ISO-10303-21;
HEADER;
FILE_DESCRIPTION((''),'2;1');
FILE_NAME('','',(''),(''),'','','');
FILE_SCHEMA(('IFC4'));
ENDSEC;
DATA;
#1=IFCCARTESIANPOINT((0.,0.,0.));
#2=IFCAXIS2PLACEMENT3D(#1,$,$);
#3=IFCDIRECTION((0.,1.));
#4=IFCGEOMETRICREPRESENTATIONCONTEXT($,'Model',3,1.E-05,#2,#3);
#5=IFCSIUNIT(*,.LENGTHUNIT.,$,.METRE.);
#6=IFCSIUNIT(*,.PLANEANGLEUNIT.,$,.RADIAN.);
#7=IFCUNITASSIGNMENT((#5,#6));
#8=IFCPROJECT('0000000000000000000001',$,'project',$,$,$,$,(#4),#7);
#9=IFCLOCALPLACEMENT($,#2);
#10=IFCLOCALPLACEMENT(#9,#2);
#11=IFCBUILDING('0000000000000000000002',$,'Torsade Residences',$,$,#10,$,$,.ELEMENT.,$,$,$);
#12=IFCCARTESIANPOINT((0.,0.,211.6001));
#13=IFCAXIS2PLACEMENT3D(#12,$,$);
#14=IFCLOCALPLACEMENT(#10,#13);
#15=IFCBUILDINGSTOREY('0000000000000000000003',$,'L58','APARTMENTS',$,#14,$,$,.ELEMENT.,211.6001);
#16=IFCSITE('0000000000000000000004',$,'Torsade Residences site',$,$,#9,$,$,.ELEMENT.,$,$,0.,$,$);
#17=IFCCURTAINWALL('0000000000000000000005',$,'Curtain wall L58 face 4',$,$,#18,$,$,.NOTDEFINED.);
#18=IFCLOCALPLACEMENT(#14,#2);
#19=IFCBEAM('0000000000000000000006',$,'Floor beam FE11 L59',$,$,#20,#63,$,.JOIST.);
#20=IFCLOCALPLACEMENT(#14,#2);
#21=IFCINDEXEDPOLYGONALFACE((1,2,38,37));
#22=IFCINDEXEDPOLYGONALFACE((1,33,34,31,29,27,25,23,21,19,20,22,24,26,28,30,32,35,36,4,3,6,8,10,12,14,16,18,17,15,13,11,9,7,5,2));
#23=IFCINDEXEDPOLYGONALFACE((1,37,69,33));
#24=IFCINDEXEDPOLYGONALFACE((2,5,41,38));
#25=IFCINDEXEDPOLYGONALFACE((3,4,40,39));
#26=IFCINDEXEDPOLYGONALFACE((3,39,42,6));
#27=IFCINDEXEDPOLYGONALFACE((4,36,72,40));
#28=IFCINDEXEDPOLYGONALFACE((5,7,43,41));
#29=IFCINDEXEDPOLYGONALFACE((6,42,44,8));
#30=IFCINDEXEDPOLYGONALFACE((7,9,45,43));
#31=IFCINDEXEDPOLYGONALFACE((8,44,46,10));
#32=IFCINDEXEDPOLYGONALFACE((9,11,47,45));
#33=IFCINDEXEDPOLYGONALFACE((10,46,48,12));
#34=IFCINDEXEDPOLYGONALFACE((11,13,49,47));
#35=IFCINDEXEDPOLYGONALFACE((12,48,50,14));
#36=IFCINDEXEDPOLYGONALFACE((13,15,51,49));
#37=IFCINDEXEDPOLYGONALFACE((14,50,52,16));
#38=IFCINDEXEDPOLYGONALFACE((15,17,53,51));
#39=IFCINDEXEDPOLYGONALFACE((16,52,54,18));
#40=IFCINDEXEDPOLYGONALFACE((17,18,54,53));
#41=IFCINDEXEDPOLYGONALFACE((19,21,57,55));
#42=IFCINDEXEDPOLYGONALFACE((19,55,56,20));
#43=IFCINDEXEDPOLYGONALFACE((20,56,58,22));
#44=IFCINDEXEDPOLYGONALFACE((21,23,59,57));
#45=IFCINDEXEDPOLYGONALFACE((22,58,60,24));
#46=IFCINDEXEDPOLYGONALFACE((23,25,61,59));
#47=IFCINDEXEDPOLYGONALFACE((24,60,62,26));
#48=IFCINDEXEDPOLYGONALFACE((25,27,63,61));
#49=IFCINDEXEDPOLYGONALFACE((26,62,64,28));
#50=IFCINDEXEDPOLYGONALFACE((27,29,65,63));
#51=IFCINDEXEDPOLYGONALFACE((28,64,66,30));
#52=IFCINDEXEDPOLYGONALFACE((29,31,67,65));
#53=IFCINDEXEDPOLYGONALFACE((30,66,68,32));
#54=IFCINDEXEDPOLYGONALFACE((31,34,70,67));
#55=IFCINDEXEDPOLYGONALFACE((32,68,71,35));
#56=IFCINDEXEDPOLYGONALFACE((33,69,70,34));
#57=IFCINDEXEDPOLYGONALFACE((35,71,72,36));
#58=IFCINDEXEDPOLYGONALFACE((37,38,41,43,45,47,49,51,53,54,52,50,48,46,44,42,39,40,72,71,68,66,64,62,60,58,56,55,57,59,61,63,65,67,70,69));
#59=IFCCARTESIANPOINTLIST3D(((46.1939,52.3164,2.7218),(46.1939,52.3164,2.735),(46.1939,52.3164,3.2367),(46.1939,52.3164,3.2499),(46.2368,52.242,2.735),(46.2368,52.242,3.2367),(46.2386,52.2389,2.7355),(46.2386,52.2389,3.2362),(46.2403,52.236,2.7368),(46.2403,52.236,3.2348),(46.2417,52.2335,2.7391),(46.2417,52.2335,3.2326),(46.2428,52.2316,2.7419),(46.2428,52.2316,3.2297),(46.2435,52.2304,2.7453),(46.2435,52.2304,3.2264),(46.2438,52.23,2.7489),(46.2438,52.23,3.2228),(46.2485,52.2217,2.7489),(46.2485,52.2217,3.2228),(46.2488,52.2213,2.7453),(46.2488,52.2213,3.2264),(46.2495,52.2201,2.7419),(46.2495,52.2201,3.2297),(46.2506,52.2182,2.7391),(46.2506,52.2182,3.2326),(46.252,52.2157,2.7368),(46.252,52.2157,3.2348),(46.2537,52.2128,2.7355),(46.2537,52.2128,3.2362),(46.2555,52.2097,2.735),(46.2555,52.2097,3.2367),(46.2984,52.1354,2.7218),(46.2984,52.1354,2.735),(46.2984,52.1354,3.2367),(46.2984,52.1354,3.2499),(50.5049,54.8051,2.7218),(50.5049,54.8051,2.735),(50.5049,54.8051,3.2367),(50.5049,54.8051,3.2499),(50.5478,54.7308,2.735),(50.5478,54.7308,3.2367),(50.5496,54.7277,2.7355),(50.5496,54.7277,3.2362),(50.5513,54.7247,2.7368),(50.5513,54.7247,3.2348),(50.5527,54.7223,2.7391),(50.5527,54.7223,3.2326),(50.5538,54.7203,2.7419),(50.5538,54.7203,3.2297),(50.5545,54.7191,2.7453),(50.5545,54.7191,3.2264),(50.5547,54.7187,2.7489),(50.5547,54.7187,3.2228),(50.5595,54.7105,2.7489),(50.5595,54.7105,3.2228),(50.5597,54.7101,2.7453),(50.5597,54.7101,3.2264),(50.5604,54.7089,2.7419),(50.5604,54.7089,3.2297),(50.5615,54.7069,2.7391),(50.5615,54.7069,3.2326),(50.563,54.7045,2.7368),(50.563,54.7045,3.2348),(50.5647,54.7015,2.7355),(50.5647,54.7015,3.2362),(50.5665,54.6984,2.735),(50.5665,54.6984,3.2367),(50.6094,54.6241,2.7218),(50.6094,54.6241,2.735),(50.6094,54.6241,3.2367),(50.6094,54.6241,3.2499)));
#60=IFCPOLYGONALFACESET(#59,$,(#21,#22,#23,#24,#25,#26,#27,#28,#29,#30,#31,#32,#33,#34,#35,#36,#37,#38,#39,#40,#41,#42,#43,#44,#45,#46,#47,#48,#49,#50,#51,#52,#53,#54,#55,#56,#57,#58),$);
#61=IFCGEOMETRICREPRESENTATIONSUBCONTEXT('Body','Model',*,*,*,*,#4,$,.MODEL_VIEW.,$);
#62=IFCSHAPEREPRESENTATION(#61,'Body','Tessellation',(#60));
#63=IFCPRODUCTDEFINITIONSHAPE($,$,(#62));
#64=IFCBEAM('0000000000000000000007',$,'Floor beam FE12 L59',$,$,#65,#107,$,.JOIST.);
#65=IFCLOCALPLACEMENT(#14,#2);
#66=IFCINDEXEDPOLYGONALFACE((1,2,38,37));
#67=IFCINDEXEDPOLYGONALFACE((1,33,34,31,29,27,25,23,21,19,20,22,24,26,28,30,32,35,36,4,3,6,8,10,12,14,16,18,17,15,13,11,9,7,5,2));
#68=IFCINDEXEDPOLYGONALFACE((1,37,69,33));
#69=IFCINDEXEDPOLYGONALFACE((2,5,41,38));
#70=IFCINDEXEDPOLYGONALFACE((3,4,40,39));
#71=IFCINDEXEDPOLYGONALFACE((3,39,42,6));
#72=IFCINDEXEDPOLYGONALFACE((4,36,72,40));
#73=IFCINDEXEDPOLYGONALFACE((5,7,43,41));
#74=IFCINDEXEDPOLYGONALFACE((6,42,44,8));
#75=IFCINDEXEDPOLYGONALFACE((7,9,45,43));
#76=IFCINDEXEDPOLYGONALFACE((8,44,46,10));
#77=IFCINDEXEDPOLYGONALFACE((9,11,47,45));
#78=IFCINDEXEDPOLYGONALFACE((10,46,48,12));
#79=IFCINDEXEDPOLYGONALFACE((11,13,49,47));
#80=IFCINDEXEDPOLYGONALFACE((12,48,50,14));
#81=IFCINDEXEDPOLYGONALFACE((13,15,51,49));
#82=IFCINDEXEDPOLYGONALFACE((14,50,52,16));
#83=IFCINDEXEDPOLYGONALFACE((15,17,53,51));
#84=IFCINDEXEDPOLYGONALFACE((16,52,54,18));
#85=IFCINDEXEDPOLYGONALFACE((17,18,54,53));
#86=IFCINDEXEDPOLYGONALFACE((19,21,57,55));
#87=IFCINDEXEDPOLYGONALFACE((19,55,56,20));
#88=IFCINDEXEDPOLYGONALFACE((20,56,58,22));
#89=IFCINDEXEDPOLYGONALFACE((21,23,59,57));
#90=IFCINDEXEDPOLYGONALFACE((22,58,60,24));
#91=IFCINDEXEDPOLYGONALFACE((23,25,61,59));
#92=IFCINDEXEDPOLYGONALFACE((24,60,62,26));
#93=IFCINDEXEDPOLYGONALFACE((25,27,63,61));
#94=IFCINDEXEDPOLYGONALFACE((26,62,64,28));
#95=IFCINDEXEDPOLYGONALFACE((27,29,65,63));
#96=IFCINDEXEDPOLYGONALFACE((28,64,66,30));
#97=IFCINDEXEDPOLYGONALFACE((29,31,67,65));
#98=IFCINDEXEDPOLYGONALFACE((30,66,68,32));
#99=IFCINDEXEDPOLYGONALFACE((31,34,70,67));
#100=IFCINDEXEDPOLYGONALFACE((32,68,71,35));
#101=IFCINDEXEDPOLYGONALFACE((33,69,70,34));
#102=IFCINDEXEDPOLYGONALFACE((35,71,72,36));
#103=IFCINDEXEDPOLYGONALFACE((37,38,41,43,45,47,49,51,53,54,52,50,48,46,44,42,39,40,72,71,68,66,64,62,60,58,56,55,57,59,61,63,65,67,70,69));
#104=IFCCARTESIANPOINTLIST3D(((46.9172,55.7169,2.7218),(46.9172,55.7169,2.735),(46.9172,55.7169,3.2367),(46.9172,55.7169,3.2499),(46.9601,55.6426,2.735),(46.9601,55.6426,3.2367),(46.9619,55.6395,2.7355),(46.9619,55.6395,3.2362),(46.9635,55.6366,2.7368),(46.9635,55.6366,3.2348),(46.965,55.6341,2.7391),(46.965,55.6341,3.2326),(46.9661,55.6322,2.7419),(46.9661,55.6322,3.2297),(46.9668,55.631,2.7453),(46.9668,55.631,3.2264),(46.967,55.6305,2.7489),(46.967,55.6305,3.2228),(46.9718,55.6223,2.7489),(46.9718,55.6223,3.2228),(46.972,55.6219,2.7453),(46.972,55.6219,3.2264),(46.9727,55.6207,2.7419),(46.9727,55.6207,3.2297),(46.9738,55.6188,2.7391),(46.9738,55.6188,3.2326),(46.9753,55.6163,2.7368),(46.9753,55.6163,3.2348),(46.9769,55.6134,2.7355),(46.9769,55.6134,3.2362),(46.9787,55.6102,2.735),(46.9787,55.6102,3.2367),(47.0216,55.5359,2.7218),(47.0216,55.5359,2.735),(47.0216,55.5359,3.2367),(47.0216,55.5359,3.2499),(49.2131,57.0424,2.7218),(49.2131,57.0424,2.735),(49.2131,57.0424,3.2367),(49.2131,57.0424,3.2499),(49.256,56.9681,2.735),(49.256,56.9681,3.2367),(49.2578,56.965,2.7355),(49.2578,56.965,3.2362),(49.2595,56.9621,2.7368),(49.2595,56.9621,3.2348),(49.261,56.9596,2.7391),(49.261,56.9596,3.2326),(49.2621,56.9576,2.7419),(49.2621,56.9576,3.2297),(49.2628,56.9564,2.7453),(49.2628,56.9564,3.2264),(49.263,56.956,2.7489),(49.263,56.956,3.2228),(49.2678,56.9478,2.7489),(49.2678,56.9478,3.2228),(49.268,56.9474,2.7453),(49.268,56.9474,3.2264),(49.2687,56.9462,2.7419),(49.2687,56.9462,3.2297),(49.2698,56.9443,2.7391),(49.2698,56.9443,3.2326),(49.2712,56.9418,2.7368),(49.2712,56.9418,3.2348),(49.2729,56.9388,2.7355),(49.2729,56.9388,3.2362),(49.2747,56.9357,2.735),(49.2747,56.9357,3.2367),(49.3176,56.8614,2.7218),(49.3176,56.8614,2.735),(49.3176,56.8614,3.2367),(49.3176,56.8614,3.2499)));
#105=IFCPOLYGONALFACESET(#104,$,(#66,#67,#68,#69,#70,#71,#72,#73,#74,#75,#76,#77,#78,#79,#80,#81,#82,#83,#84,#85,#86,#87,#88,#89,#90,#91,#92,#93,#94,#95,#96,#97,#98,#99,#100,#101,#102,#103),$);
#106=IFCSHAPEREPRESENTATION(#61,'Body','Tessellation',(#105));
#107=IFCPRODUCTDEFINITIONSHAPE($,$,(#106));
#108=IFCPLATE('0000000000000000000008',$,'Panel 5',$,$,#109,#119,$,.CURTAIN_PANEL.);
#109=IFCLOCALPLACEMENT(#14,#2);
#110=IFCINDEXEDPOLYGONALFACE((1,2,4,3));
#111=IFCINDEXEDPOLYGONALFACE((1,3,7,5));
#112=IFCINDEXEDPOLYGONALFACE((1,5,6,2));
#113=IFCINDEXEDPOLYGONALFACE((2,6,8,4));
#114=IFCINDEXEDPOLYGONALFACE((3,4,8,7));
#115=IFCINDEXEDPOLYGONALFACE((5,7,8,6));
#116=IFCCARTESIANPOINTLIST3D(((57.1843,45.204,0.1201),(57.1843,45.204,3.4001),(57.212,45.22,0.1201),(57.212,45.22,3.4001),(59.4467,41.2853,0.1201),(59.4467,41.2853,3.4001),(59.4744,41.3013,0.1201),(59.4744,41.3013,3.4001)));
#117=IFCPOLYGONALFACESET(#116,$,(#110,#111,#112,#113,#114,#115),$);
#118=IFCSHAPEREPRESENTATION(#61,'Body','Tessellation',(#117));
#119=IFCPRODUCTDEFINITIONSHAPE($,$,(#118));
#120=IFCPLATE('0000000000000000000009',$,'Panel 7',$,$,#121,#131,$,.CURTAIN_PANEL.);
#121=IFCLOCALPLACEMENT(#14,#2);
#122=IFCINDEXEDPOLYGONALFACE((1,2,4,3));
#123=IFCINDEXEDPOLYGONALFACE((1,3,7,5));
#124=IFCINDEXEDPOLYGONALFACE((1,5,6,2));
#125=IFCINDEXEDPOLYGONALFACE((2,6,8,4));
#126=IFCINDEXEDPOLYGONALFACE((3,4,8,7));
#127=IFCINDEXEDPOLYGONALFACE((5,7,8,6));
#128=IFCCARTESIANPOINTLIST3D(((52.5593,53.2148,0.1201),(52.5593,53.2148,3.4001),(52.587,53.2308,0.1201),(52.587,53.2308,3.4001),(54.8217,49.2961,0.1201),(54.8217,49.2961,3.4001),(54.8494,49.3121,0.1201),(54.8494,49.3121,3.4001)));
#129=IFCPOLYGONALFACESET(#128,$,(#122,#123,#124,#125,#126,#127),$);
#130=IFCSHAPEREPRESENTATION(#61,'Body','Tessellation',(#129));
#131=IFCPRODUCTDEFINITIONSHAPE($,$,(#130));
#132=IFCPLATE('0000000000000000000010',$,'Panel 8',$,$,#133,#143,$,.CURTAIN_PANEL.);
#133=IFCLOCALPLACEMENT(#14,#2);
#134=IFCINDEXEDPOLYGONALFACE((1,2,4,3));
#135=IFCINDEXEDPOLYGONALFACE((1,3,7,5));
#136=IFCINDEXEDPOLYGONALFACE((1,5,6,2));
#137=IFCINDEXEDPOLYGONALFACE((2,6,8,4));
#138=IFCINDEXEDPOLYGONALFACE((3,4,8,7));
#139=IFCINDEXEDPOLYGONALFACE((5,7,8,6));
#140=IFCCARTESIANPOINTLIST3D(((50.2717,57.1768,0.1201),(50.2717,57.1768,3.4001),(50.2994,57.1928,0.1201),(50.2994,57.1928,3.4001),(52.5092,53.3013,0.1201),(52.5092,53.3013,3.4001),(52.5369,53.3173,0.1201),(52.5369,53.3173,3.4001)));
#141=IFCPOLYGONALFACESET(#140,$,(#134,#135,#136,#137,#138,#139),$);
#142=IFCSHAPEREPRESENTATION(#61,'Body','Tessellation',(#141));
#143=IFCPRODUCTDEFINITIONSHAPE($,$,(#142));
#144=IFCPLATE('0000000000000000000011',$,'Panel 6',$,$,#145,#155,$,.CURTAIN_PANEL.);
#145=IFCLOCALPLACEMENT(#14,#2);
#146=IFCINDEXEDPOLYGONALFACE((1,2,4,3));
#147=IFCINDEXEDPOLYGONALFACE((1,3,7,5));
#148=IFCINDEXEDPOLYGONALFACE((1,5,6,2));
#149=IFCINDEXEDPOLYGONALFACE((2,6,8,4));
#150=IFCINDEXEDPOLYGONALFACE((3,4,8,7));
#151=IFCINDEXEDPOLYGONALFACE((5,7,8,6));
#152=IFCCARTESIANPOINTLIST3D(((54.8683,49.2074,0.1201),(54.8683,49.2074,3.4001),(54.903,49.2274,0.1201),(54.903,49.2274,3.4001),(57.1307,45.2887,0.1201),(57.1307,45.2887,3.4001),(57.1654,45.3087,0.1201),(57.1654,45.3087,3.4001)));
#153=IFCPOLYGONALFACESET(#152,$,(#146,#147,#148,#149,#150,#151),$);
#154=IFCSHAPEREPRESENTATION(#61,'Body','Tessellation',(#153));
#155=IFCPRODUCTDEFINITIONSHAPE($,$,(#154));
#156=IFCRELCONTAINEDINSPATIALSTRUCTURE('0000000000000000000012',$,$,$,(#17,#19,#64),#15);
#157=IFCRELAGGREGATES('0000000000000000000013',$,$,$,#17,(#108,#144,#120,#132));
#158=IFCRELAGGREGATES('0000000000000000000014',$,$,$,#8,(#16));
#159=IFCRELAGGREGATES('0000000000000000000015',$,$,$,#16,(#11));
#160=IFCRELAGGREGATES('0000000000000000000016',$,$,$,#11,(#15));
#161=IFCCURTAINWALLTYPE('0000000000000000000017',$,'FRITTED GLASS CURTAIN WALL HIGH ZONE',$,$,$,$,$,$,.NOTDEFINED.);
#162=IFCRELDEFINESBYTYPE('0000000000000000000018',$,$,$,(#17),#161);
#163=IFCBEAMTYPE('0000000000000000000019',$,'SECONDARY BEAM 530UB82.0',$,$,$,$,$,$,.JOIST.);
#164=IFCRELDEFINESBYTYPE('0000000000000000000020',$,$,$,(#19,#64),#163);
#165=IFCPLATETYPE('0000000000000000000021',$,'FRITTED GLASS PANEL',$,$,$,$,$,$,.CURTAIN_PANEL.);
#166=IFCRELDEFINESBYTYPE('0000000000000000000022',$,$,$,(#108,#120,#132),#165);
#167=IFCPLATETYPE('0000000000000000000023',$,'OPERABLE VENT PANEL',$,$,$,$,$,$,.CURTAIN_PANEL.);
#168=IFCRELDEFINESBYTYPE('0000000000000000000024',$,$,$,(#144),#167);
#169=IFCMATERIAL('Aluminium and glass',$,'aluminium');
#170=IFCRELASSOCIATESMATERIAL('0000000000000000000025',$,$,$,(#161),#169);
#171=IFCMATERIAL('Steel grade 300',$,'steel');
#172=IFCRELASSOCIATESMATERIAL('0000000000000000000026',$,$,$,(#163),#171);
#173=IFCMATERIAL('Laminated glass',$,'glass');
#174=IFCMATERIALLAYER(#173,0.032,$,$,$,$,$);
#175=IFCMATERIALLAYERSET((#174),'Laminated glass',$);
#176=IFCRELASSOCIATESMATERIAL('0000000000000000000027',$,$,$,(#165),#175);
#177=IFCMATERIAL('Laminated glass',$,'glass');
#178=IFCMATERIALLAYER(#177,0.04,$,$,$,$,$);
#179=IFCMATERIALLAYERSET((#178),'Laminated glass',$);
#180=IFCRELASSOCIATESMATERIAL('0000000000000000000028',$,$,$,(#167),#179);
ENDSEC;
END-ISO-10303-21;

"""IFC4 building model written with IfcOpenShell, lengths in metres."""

from ifc_helpers import new_model, si_unit, direction, frame, origin, origin_2d, place, context, subcontext, project, spatial, rectangle, i_section, extrude, material, layer, layer_set, material_profile, profile_set, type_object, element, aggregate, save


model = new_model("IFC4")

# Units and contexts
model_context = context("Model", 3, precision=1e-05, world=origin(), true_north=direction((0.0, 1.0)))
body_context = subcontext(model_context, "Body", "Model", "MODEL_VIEW")
ifc_project = project(units=[si_unit("LENGTHUNIT", "METRE"), si_unit("PLANEANGLEUNIT", "RADIAN")], contexts=[model_context])

# Site, building, storey
site_placement = place(None, origin())
site = spatial("IfcSite", under=ifc_project, at=site_placement, Name="Torsade Residences site", CompositionType="ELEMENT", RefElevation=0.0)
building_placement = place(site_placement, origin())
building = spatial("IfcBuilding", under=site, at=building_placement, Name="Torsade Residences", CompositionType="ELEMENT")
storey_placement = place(building_placement, frame((0.0, 0.0, 211.6001)))
storey = spatial("IfcBuildingStorey", under=building, at=storey_placement, Name="L58", Description="APARTMENTS", CompositionType="ELEMENT", Elevation=211.6001)

# Curtain wall
ifc_material_1 = material(Name="Aluminium and glass", Category="aluminium")
curtain_wall_type = type_object("IfcCurtainWallType", Name="FRITTED GLASS CURTAIN WALL HIGH ZONE", PredefinedType="NOTDEFINED", material=ifc_material_1)
curtain_wall_placement = place(storey_placement, origin())
curtain_wall = element("IfcCurtainWall", 1, at=curtain_wall_placement, inside=storey, type_object=curtain_wall_type, Name="Curtain wall L58 face 4", PredefinedType="NOTDEFINED")

# Beams
ifc_material_2 = material(Name="Steel grade 300", Category="steel")
ifc_material_profile_1 = material_profile(ifc_material_2, i_section(OverallWidth=0.209, OverallDepth=0.5281, WebThickness=0.0095, FlangeThickness=0.0132, FilletRadius=0.0139, at=origin_2d()), Name="530UB82.0")
ifc_profile_set_1 = profile_set([ifc_material_profile_1], Name="Steel grade 300")
beam_type_1 = type_object("IfcBeamType", Name="SECONDARY BEAM 530UB82.0", PredefinedType="JOIST", material=ifc_profile_set_1)
beam_1_placement = place(storey_placement, frame((50.5571, 54.7146, 2.9858), z_axis=(-0.866043, -0.499969, 0.0), x_axis=(0.499969, -0.866043, 0.0)))
element("IfcBeam", 2, at=beam_1_placement, inside=storey, type_object=beam_type_1, Name="Floor beam FE11 L59", PredefinedType="JOIST", context=body_context, shape_type="SweptSolid", body=[
    extrude(i_section(OverallWidth=0.209, OverallDepth=0.5281, WebThickness=0.0095, FlangeThickness=0.0132, FilletRadius=0.0139, at=origin_2d()), origin(), (0.0, 0.0, 1.0), 4.9778),
])
beam_2_placement = place(storey_placement, frame((49.2654, 56.9519, 2.9858), z_axis=(-0.866041, -0.499972, 0.0), x_axis=(0.499972, -0.866041, 0.0)))
element("IfcBeam", 3, at=beam_2_placement, inside=storey, type_object=beam_type_1, Name="Floor beam FE12 L59", PredefinedType="JOIST", context=body_context, shape_type="SweptSolid", body=[
    extrude(i_section(OverallWidth=0.209, OverallDepth=0.5281, WebThickness=0.0095, FlangeThickness=0.0132, FilletRadius=0.0139, at=origin_2d()), origin(), (0.0, 0.0, 1.0), 2.6511),
])

# Plates
ifc_material_3 = material(Name="Laminated glass", Category="glass")
ifc_layer_1 = layer(ifc_material_3, 0.032)
ifc_layer_set_1 = layer_set([ifc_layer_1], Name="Laminated glass")
plate_type_1 = type_object("IfcPlateType", Name="FRITTED GLASS PANEL", PredefinedType="CURTAIN_PANEL", material=ifc_layer_set_1)
plate_1_placement = place(storey_placement, frame((58.3293, 43.2527, 0.1201), z_axis=(0.0, 0.0, 1.0), x_axis=(-0.5, 0.866025, 0.0)))
plate_1 = element("IfcPlate", 4, at=plate_1_placement, type_object=plate_type_1, Name="Panel 5", PredefinedType="CURTAIN_PANEL", context=body_context, shape_type="SweptSolid", body=[
    extrude(rectangle(XDim=4.5249, YDim=0.032, at=origin_2d()), origin(), (0.0, 0.0, 1.0), 3.28),
])
plate_2_placement = place(storey_placement, frame((53.7043, 51.2634, 0.1201), z_axis=(0.0, 0.0, 1.0), x_axis=(-0.5, 0.866025, 0.0)))
plate_2 = element("IfcPlate", 5, at=plate_2_placement, type_object=plate_type_1, Name="Panel 7", PredefinedType="CURTAIN_PANEL", context=body_context, shape_type="SweptSolid", body=[
    extrude(rectangle(XDim=4.5249, YDim=0.032, at=origin_2d()), origin(), (0.0, 0.0, 1.0), 3.28),
])
plate_3_placement = place(storey_placement, frame((51.4043, 55.2471, 0.1201), z_axis=(0.0, 0.0, 1.0), x_axis=(-0.5, 0.866025, 0.0)))
plate_3 = element("IfcPlate", 6, at=plate_3_placement, type_object=plate_type_1, Name="Panel 8", PredefinedType="CURTAIN_PANEL", context=body_context, shape_type="SweptSolid", body=[
    extrude(rectangle(XDim=4.4751, YDim=0.032, at=origin_2d()), origin(), (0.0, 0.0, 1.0), 3.28),
])
ifc_material_4 = material(Name="Laminated glass", Category="glass")
ifc_layer_2 = layer(ifc_material_4, 0.04)
ifc_layer_set_2 = layer_set([ifc_layer_2], Name="Laminated glass")
plate_type_2 = type_object("IfcPlateType", Name="OPERABLE VENT PANEL", PredefinedType="CURTAIN_PANEL", material=ifc_layer_set_2)
plate_4_placement = place(storey_placement, frame((56.0168, 47.2581, 0.1201), z_axis=(0.0, 0.0, 1.0), x_axis=(-0.5, 0.866025, 0.0)))
plate_4 = element("IfcPlate", 7, at=plate_4_placement, type_object=plate_type_2, Name="Panel 6", PredefinedType="CURTAIN_PANEL", context=body_context, shape_type="SweptSolid", body=[
    extrude(rectangle(XDim=4.5249, YDim=0.04, at=origin_2d()), origin(), (0.0, 0.0, 1.0), 3.28),
])
aggregate(curtain_wall, [plate_1, plate_4, plate_2, plate_3])

save(model, "model.ifc")
